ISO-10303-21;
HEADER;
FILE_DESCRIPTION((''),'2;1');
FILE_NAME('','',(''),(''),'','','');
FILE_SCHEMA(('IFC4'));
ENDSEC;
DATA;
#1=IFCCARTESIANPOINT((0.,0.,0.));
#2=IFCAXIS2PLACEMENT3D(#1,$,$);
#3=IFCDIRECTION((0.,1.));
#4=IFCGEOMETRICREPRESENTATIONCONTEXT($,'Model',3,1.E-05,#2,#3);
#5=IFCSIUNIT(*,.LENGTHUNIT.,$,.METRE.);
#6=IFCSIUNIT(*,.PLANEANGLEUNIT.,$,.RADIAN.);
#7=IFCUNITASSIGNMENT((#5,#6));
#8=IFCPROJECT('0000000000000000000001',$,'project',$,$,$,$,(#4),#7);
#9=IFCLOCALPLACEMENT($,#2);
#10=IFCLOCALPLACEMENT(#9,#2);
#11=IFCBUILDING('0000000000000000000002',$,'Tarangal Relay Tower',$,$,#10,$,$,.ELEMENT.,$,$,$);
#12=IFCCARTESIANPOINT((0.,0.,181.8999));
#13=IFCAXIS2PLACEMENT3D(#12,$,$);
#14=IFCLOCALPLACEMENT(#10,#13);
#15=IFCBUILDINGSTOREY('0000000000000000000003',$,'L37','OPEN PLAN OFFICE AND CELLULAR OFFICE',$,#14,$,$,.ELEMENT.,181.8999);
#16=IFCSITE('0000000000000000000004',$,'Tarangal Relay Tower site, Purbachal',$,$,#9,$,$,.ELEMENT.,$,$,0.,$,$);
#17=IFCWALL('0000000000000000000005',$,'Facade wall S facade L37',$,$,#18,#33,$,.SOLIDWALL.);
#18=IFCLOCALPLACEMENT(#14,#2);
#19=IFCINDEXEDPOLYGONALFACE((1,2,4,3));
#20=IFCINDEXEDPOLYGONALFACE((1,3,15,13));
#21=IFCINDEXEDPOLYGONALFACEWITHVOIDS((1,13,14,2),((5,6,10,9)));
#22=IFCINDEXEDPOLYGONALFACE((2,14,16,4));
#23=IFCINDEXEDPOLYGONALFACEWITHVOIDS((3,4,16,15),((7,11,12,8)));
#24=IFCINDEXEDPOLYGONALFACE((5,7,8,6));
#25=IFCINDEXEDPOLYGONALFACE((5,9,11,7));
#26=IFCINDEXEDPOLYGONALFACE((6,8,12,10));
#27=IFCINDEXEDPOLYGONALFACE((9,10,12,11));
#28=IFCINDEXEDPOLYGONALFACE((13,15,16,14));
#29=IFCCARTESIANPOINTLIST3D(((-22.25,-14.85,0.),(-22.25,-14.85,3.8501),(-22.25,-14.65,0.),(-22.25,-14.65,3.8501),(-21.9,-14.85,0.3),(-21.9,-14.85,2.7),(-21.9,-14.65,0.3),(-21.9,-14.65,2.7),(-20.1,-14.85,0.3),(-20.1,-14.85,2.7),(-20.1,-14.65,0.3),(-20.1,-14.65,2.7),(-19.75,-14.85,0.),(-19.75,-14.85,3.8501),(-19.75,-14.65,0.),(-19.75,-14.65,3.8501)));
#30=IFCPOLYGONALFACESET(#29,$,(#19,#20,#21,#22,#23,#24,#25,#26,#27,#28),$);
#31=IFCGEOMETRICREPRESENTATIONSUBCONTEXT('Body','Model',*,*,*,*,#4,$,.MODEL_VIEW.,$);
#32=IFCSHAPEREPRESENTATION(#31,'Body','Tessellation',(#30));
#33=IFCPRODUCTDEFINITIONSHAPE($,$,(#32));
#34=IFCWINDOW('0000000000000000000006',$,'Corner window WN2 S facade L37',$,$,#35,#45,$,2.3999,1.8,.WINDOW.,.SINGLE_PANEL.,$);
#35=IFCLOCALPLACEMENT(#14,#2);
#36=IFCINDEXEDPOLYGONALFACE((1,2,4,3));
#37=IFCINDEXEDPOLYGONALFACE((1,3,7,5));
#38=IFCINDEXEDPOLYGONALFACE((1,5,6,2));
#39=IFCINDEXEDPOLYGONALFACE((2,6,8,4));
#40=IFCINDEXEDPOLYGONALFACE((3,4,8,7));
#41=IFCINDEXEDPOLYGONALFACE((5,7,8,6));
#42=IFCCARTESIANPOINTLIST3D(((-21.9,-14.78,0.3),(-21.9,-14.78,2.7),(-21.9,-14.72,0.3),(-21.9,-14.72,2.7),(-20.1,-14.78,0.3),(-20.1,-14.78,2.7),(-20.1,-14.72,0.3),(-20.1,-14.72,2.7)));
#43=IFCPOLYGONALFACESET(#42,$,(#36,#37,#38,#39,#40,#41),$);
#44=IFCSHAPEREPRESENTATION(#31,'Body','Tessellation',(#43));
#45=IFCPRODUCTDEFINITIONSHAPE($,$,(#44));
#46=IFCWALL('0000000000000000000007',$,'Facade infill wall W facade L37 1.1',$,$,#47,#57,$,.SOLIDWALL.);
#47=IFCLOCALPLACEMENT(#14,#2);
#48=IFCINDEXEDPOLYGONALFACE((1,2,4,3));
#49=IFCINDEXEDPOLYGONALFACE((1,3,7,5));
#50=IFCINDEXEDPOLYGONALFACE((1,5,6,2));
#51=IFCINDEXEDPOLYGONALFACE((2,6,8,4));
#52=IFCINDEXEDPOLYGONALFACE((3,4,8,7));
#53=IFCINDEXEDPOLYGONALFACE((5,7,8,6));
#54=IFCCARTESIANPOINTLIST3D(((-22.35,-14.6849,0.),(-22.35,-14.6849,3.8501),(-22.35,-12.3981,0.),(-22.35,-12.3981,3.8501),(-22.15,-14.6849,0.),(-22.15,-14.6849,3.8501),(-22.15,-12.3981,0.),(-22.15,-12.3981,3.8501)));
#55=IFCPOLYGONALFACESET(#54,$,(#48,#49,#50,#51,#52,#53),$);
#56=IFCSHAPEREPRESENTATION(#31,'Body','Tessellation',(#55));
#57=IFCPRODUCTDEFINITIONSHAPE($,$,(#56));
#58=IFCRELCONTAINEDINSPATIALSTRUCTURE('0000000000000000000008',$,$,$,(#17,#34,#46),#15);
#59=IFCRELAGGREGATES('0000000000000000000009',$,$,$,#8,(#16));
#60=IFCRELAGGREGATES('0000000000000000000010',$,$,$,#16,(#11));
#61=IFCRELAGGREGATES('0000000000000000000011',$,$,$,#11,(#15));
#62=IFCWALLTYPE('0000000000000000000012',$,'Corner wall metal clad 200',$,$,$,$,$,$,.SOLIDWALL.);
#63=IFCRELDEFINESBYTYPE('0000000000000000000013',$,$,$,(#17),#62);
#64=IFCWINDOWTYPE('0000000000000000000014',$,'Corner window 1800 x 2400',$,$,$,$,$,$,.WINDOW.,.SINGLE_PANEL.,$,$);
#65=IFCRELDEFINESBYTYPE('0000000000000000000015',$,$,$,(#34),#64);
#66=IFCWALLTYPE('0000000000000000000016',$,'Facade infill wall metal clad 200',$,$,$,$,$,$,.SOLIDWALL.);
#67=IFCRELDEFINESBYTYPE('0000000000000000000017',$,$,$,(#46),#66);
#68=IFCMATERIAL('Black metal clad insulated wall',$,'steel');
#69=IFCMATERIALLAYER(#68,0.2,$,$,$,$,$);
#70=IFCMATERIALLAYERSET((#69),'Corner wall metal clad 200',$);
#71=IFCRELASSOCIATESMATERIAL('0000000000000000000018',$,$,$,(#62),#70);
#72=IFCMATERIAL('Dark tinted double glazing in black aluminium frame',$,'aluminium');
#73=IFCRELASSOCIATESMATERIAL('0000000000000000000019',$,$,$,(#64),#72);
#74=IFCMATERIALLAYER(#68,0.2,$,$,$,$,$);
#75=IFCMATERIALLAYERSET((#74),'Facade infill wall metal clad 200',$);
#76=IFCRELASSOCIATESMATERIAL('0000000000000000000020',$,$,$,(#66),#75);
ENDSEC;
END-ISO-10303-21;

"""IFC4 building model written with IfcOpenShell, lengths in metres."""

from ifc_helpers import new_model, si_unit, direction, frame, frame_2d, origin, place, context, subcontext, project, spatial, rectangle, extrude, material, layer, layer_set, type_object, element, fill, save


model = new_model("IFC4")

# Units and contexts
model_context = context("Model", 3, precision=1e-05, world=origin(), true_north=direction((0.0, 1.0)))
body_context = subcontext(model_context, "Body", "Model", "MODEL_VIEW")
ifc_project = project(units=[si_unit("LENGTHUNIT", "METRE"), si_unit("PLANEANGLEUNIT", "RADIAN")], contexts=[model_context])

# Site, building, storey
site_placement = place(None, origin())
site = spatial("IfcSite", under=ifc_project, at=site_placement, Name="Tarangal Relay Tower site, Purbachal", CompositionType="ELEMENT", RefElevation=0.0)
building_placement = place(site_placement, origin())
building = spatial("IfcBuilding", under=site, at=building_placement, Name="Tarangal Relay Tower", CompositionType="ELEMENT")
storey_placement = place(building_placement, frame((0.0, 0.0, 181.8999)))
storey = spatial("IfcBuildingStorey", under=building, at=storey_placement, Name="L37", Description="OPEN PLAN OFFICE AND CELLULAR OFFICE", CompositionType="ELEMENT", Elevation=181.8999)

# Shared definitions
ifc_material_1 = material(Name="Black metal clad insulated wall", Category="steel")
ifc_layer_1 = layer(ifc_material_1, 0.2)
ifc_layer_set_1 = layer_set([ifc_layer_1], Name="Corner wall metal clad 200")
wall_type_1 = type_object("IfcWallType", Name="Corner wall metal clad 200", PredefinedType="SOLIDWALL", material=ifc_layer_set_1)
ifc_material_2 = material(Name="Dark tinted double glazing in black aluminium frame", Category="aluminium")
window_type = type_object("IfcWindowType", Name="Corner window 1800 x 2400", PartitioningType="SINGLE_PANEL", PredefinedType="WINDOW", material=ifc_material_2)

# Wall, opening, window
wall_1_placement = place(storey_placement, frame((-19.75, -14.75, 0.0), z_axis=(0.0, 0.0, 1.0), x_axis=(-1.0, 0.0, 0.0)))
wall_1 = element("IfcWall", 1, at=wall_1_placement, inside=storey, type_object=wall_type_1, Name="Facade wall S facade L37", PredefinedType="SOLIDWALL", context=body_context, shape_type="SweptSolid", body=[
    extrude(rectangle(XDim=2.5, YDim=0.2, at=frame_2d((1.25, 0.0))), origin(), (0.0, 0.0, 1.0), 3.8501),
])
opening_1_placement = place(wall_1_placement, frame((0.3501, 0.0, 0.3)))
opening_1 = element("IfcOpeningElement", 2, at=opening_1_placement, cuts=wall_1, PredefinedType="OPENING", context=body_context, shape_type="SweptSolid", body=[
    extrude(rectangle(XDim=1.8, YDim=2.3999, at=frame_2d((0.8999, 1.2))), frame((0.0, 0.1099, 0.0), z_axis=(0.0, -1.0, 0.0), x_axis=(1.0, 0.0, 0.0)), (0.0, 0.0, 1.0), 0.22),
])
window_1_placement = place(opening_1_placement, origin())
window_1 = element("IfcWindow", 3, at=window_1_placement, inside=storey, type_object=window_type, Name="Corner window WN2 S facade L37", OverallHeight=2.3999, OverallWidth=1.8, PartitioningType="SINGLE_PANEL", PredefinedType="WINDOW", context=body_context, shape_type="SweptSolid", body=[
    extrude(rectangle(XDim=1.8, YDim=2.3999, at=frame_2d((0.8999, 1.2))), frame((0.0, 0.03, 0.0), z_axis=(0.0, -1.0, 0.0), x_axis=(1.0, 0.0, 0.0)), (0.0, 0.0, 1.0), 0.0601),
])
fill(opening_1, window_1)

# Wall
ifc_layer_2 = layer(ifc_material_1, 0.2)
ifc_layer_set_2 = layer_set([ifc_layer_2], Name="Facade infill wall metal clad 200")
wall_type_2 = type_object("IfcWallType", Name="Facade infill wall metal clad 200", PredefinedType="SOLIDWALL", material=ifc_layer_set_2)
wall_2_placement = place(storey_placement, frame((-22.25, -14.6851, 0.0), z_axis=(0.0, 0.0, 1.0), x_axis=(0.0, 1.0, 0.0)))
element("IfcWall", 4, at=wall_2_placement, inside=storey, type_object=wall_type_2, Name="Facade infill wall W facade L37 1.1", PredefinedType="SOLIDWALL", context=body_context, shape_type="SweptSolid", body=[
    extrude(rectangle(XDim=2.2869, YDim=0.2, at=frame_2d((1.1436, 0.0))), origin(), (0.0, 0.0, 1.0), 3.8501),
])

save(model, "model.ifc")
